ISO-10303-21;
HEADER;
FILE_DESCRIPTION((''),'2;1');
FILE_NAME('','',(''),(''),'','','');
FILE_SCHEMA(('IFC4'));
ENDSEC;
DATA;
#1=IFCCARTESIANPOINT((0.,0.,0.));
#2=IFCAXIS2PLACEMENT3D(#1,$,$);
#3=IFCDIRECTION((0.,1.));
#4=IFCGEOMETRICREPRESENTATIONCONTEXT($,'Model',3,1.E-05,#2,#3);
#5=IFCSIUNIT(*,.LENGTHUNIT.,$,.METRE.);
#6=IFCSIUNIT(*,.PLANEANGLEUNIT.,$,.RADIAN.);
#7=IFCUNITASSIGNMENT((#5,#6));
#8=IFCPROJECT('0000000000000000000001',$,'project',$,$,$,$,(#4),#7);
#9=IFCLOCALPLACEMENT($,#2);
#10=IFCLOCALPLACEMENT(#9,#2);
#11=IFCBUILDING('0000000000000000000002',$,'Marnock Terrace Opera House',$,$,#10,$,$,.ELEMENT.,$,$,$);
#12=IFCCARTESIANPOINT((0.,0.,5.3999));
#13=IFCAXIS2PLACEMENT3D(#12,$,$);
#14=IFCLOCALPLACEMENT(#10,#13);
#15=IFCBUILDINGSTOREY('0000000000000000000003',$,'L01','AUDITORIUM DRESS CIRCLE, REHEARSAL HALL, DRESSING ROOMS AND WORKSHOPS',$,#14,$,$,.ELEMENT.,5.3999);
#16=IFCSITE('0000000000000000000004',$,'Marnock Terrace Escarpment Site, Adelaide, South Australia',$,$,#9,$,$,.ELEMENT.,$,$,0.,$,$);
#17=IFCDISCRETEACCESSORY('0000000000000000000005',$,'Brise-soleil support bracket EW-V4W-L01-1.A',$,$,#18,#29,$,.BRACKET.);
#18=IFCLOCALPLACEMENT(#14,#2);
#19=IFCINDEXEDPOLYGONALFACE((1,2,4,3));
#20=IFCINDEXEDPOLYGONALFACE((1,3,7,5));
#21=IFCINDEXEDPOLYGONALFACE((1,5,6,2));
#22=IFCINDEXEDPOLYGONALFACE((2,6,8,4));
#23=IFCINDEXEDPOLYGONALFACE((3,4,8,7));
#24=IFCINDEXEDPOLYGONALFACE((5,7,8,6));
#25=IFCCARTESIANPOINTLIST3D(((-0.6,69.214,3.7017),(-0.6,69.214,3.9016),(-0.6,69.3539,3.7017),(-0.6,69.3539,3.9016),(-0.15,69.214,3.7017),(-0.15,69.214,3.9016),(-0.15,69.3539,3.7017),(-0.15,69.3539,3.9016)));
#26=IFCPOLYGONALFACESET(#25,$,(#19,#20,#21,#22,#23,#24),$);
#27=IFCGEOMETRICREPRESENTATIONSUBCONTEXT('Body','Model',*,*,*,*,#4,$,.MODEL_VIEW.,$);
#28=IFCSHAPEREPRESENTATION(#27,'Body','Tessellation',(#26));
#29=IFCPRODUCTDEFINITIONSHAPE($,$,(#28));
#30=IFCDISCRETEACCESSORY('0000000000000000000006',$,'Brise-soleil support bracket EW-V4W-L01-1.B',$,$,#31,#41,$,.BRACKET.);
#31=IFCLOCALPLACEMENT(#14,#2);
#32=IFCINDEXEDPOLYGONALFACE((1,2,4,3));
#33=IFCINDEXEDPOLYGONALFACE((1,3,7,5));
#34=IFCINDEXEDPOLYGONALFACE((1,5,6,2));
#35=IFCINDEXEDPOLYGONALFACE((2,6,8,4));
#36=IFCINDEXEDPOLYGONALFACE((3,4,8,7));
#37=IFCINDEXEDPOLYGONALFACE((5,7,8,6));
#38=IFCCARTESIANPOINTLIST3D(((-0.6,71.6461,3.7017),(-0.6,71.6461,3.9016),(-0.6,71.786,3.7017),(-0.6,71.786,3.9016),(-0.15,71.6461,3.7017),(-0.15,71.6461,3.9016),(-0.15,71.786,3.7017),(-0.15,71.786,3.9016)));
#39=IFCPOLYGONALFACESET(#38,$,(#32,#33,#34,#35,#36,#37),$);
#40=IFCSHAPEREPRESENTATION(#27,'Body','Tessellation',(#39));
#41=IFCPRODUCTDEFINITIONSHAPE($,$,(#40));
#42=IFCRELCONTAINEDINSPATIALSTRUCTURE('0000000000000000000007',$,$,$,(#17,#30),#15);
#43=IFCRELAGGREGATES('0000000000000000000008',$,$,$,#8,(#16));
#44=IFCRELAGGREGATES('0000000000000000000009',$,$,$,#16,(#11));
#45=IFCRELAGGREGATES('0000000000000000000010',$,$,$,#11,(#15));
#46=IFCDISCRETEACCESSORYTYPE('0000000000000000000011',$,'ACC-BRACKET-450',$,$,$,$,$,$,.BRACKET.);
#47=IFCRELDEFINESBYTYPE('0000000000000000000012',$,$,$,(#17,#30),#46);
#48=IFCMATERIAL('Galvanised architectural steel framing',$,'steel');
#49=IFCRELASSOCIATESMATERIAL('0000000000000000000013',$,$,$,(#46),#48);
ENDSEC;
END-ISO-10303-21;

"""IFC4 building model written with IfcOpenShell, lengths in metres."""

from ifc_helpers import new_model, si_unit, direction, frame, origin, origin_2d, place, context, subcontext, project, spatial, rectangle, extrude, material, type_object, element, save


model = new_model("IFC4")

# Units and contexts
model_context = context("Model", 3, precision=1e-05, world=origin(), true_north=direction((0.0, 1.0)))
body_context = subcontext(model_context, "Body", "Model", "MODEL_VIEW")
ifc_project = project(units=[si_unit("LENGTHUNIT", "METRE"), si_unit("PLANEANGLEUNIT", "RADIAN")], contexts=[model_context])

# Site, building, storey
site_placement = place(None, origin())
site = spatial("IfcSite", under=ifc_project, at=site_placement, Name="Marnock Terrace Escarpment Site, Adelaide, South Australia", CompositionType="ELEMENT", RefElevation=0.0)
building_placement = place(site_placement, origin())
building = spatial("IfcBuilding", under=site, at=building_placement, Name="Marnock Terrace Opera House", CompositionType="ELEMENT")
storey_placement = place(building_placement, frame((0.0, 0.0, 5.3999)))
storey = spatial("IfcBuildingStorey", under=building, at=storey_placement, Name="L01", Description="AUDITORIUM DRESS CIRCLE, REHEARSAL HALL, DRESSING ROOMS AND WORKSHOPS", CompositionType="ELEMENT", Elevation=5.3999)

# Discrete accessories
ifc_material_1 = material(Name="Galvanised architectural steel framing", Category="steel")
discrete_accessory_type = type_object("IfcDiscreteAccessoryType", Name="ACC-BRACKET-450", PredefinedType="BRACKET", material=ifc_material_1)
for number, where, z_axis, x_axis, name in (
    (1, (-0.375, 69.2839, 3.7017), (0.0, 0.0, 1.0), (0.0, 1.0, 0.0), "Brise-soleil support bracket EW-V4W-L01-1.A"),
    (2, (-0.375, 71.7161, 3.7017), (0.0, 0.0, 1.0), (0.0, 1.0, 0.0), "Brise-soleil support bracket EW-V4W-L01-1.B"),
):
    element("IfcDiscreteAccessory", number, at=place(storey_placement, frame(where, z_axis=z_axis, x_axis=x_axis)), inside=storey, type_object=discrete_accessory_type, Name=name, PredefinedType="BRACKET", context=body_context, shape_type="SweptSolid", body=[
        extrude(rectangle(XDim=0.1399, YDim=0.45, at=origin_2d()), origin(), (0.0, 0.0, 1.0), 0.2),
    ])

save(model, "model.ifc")
